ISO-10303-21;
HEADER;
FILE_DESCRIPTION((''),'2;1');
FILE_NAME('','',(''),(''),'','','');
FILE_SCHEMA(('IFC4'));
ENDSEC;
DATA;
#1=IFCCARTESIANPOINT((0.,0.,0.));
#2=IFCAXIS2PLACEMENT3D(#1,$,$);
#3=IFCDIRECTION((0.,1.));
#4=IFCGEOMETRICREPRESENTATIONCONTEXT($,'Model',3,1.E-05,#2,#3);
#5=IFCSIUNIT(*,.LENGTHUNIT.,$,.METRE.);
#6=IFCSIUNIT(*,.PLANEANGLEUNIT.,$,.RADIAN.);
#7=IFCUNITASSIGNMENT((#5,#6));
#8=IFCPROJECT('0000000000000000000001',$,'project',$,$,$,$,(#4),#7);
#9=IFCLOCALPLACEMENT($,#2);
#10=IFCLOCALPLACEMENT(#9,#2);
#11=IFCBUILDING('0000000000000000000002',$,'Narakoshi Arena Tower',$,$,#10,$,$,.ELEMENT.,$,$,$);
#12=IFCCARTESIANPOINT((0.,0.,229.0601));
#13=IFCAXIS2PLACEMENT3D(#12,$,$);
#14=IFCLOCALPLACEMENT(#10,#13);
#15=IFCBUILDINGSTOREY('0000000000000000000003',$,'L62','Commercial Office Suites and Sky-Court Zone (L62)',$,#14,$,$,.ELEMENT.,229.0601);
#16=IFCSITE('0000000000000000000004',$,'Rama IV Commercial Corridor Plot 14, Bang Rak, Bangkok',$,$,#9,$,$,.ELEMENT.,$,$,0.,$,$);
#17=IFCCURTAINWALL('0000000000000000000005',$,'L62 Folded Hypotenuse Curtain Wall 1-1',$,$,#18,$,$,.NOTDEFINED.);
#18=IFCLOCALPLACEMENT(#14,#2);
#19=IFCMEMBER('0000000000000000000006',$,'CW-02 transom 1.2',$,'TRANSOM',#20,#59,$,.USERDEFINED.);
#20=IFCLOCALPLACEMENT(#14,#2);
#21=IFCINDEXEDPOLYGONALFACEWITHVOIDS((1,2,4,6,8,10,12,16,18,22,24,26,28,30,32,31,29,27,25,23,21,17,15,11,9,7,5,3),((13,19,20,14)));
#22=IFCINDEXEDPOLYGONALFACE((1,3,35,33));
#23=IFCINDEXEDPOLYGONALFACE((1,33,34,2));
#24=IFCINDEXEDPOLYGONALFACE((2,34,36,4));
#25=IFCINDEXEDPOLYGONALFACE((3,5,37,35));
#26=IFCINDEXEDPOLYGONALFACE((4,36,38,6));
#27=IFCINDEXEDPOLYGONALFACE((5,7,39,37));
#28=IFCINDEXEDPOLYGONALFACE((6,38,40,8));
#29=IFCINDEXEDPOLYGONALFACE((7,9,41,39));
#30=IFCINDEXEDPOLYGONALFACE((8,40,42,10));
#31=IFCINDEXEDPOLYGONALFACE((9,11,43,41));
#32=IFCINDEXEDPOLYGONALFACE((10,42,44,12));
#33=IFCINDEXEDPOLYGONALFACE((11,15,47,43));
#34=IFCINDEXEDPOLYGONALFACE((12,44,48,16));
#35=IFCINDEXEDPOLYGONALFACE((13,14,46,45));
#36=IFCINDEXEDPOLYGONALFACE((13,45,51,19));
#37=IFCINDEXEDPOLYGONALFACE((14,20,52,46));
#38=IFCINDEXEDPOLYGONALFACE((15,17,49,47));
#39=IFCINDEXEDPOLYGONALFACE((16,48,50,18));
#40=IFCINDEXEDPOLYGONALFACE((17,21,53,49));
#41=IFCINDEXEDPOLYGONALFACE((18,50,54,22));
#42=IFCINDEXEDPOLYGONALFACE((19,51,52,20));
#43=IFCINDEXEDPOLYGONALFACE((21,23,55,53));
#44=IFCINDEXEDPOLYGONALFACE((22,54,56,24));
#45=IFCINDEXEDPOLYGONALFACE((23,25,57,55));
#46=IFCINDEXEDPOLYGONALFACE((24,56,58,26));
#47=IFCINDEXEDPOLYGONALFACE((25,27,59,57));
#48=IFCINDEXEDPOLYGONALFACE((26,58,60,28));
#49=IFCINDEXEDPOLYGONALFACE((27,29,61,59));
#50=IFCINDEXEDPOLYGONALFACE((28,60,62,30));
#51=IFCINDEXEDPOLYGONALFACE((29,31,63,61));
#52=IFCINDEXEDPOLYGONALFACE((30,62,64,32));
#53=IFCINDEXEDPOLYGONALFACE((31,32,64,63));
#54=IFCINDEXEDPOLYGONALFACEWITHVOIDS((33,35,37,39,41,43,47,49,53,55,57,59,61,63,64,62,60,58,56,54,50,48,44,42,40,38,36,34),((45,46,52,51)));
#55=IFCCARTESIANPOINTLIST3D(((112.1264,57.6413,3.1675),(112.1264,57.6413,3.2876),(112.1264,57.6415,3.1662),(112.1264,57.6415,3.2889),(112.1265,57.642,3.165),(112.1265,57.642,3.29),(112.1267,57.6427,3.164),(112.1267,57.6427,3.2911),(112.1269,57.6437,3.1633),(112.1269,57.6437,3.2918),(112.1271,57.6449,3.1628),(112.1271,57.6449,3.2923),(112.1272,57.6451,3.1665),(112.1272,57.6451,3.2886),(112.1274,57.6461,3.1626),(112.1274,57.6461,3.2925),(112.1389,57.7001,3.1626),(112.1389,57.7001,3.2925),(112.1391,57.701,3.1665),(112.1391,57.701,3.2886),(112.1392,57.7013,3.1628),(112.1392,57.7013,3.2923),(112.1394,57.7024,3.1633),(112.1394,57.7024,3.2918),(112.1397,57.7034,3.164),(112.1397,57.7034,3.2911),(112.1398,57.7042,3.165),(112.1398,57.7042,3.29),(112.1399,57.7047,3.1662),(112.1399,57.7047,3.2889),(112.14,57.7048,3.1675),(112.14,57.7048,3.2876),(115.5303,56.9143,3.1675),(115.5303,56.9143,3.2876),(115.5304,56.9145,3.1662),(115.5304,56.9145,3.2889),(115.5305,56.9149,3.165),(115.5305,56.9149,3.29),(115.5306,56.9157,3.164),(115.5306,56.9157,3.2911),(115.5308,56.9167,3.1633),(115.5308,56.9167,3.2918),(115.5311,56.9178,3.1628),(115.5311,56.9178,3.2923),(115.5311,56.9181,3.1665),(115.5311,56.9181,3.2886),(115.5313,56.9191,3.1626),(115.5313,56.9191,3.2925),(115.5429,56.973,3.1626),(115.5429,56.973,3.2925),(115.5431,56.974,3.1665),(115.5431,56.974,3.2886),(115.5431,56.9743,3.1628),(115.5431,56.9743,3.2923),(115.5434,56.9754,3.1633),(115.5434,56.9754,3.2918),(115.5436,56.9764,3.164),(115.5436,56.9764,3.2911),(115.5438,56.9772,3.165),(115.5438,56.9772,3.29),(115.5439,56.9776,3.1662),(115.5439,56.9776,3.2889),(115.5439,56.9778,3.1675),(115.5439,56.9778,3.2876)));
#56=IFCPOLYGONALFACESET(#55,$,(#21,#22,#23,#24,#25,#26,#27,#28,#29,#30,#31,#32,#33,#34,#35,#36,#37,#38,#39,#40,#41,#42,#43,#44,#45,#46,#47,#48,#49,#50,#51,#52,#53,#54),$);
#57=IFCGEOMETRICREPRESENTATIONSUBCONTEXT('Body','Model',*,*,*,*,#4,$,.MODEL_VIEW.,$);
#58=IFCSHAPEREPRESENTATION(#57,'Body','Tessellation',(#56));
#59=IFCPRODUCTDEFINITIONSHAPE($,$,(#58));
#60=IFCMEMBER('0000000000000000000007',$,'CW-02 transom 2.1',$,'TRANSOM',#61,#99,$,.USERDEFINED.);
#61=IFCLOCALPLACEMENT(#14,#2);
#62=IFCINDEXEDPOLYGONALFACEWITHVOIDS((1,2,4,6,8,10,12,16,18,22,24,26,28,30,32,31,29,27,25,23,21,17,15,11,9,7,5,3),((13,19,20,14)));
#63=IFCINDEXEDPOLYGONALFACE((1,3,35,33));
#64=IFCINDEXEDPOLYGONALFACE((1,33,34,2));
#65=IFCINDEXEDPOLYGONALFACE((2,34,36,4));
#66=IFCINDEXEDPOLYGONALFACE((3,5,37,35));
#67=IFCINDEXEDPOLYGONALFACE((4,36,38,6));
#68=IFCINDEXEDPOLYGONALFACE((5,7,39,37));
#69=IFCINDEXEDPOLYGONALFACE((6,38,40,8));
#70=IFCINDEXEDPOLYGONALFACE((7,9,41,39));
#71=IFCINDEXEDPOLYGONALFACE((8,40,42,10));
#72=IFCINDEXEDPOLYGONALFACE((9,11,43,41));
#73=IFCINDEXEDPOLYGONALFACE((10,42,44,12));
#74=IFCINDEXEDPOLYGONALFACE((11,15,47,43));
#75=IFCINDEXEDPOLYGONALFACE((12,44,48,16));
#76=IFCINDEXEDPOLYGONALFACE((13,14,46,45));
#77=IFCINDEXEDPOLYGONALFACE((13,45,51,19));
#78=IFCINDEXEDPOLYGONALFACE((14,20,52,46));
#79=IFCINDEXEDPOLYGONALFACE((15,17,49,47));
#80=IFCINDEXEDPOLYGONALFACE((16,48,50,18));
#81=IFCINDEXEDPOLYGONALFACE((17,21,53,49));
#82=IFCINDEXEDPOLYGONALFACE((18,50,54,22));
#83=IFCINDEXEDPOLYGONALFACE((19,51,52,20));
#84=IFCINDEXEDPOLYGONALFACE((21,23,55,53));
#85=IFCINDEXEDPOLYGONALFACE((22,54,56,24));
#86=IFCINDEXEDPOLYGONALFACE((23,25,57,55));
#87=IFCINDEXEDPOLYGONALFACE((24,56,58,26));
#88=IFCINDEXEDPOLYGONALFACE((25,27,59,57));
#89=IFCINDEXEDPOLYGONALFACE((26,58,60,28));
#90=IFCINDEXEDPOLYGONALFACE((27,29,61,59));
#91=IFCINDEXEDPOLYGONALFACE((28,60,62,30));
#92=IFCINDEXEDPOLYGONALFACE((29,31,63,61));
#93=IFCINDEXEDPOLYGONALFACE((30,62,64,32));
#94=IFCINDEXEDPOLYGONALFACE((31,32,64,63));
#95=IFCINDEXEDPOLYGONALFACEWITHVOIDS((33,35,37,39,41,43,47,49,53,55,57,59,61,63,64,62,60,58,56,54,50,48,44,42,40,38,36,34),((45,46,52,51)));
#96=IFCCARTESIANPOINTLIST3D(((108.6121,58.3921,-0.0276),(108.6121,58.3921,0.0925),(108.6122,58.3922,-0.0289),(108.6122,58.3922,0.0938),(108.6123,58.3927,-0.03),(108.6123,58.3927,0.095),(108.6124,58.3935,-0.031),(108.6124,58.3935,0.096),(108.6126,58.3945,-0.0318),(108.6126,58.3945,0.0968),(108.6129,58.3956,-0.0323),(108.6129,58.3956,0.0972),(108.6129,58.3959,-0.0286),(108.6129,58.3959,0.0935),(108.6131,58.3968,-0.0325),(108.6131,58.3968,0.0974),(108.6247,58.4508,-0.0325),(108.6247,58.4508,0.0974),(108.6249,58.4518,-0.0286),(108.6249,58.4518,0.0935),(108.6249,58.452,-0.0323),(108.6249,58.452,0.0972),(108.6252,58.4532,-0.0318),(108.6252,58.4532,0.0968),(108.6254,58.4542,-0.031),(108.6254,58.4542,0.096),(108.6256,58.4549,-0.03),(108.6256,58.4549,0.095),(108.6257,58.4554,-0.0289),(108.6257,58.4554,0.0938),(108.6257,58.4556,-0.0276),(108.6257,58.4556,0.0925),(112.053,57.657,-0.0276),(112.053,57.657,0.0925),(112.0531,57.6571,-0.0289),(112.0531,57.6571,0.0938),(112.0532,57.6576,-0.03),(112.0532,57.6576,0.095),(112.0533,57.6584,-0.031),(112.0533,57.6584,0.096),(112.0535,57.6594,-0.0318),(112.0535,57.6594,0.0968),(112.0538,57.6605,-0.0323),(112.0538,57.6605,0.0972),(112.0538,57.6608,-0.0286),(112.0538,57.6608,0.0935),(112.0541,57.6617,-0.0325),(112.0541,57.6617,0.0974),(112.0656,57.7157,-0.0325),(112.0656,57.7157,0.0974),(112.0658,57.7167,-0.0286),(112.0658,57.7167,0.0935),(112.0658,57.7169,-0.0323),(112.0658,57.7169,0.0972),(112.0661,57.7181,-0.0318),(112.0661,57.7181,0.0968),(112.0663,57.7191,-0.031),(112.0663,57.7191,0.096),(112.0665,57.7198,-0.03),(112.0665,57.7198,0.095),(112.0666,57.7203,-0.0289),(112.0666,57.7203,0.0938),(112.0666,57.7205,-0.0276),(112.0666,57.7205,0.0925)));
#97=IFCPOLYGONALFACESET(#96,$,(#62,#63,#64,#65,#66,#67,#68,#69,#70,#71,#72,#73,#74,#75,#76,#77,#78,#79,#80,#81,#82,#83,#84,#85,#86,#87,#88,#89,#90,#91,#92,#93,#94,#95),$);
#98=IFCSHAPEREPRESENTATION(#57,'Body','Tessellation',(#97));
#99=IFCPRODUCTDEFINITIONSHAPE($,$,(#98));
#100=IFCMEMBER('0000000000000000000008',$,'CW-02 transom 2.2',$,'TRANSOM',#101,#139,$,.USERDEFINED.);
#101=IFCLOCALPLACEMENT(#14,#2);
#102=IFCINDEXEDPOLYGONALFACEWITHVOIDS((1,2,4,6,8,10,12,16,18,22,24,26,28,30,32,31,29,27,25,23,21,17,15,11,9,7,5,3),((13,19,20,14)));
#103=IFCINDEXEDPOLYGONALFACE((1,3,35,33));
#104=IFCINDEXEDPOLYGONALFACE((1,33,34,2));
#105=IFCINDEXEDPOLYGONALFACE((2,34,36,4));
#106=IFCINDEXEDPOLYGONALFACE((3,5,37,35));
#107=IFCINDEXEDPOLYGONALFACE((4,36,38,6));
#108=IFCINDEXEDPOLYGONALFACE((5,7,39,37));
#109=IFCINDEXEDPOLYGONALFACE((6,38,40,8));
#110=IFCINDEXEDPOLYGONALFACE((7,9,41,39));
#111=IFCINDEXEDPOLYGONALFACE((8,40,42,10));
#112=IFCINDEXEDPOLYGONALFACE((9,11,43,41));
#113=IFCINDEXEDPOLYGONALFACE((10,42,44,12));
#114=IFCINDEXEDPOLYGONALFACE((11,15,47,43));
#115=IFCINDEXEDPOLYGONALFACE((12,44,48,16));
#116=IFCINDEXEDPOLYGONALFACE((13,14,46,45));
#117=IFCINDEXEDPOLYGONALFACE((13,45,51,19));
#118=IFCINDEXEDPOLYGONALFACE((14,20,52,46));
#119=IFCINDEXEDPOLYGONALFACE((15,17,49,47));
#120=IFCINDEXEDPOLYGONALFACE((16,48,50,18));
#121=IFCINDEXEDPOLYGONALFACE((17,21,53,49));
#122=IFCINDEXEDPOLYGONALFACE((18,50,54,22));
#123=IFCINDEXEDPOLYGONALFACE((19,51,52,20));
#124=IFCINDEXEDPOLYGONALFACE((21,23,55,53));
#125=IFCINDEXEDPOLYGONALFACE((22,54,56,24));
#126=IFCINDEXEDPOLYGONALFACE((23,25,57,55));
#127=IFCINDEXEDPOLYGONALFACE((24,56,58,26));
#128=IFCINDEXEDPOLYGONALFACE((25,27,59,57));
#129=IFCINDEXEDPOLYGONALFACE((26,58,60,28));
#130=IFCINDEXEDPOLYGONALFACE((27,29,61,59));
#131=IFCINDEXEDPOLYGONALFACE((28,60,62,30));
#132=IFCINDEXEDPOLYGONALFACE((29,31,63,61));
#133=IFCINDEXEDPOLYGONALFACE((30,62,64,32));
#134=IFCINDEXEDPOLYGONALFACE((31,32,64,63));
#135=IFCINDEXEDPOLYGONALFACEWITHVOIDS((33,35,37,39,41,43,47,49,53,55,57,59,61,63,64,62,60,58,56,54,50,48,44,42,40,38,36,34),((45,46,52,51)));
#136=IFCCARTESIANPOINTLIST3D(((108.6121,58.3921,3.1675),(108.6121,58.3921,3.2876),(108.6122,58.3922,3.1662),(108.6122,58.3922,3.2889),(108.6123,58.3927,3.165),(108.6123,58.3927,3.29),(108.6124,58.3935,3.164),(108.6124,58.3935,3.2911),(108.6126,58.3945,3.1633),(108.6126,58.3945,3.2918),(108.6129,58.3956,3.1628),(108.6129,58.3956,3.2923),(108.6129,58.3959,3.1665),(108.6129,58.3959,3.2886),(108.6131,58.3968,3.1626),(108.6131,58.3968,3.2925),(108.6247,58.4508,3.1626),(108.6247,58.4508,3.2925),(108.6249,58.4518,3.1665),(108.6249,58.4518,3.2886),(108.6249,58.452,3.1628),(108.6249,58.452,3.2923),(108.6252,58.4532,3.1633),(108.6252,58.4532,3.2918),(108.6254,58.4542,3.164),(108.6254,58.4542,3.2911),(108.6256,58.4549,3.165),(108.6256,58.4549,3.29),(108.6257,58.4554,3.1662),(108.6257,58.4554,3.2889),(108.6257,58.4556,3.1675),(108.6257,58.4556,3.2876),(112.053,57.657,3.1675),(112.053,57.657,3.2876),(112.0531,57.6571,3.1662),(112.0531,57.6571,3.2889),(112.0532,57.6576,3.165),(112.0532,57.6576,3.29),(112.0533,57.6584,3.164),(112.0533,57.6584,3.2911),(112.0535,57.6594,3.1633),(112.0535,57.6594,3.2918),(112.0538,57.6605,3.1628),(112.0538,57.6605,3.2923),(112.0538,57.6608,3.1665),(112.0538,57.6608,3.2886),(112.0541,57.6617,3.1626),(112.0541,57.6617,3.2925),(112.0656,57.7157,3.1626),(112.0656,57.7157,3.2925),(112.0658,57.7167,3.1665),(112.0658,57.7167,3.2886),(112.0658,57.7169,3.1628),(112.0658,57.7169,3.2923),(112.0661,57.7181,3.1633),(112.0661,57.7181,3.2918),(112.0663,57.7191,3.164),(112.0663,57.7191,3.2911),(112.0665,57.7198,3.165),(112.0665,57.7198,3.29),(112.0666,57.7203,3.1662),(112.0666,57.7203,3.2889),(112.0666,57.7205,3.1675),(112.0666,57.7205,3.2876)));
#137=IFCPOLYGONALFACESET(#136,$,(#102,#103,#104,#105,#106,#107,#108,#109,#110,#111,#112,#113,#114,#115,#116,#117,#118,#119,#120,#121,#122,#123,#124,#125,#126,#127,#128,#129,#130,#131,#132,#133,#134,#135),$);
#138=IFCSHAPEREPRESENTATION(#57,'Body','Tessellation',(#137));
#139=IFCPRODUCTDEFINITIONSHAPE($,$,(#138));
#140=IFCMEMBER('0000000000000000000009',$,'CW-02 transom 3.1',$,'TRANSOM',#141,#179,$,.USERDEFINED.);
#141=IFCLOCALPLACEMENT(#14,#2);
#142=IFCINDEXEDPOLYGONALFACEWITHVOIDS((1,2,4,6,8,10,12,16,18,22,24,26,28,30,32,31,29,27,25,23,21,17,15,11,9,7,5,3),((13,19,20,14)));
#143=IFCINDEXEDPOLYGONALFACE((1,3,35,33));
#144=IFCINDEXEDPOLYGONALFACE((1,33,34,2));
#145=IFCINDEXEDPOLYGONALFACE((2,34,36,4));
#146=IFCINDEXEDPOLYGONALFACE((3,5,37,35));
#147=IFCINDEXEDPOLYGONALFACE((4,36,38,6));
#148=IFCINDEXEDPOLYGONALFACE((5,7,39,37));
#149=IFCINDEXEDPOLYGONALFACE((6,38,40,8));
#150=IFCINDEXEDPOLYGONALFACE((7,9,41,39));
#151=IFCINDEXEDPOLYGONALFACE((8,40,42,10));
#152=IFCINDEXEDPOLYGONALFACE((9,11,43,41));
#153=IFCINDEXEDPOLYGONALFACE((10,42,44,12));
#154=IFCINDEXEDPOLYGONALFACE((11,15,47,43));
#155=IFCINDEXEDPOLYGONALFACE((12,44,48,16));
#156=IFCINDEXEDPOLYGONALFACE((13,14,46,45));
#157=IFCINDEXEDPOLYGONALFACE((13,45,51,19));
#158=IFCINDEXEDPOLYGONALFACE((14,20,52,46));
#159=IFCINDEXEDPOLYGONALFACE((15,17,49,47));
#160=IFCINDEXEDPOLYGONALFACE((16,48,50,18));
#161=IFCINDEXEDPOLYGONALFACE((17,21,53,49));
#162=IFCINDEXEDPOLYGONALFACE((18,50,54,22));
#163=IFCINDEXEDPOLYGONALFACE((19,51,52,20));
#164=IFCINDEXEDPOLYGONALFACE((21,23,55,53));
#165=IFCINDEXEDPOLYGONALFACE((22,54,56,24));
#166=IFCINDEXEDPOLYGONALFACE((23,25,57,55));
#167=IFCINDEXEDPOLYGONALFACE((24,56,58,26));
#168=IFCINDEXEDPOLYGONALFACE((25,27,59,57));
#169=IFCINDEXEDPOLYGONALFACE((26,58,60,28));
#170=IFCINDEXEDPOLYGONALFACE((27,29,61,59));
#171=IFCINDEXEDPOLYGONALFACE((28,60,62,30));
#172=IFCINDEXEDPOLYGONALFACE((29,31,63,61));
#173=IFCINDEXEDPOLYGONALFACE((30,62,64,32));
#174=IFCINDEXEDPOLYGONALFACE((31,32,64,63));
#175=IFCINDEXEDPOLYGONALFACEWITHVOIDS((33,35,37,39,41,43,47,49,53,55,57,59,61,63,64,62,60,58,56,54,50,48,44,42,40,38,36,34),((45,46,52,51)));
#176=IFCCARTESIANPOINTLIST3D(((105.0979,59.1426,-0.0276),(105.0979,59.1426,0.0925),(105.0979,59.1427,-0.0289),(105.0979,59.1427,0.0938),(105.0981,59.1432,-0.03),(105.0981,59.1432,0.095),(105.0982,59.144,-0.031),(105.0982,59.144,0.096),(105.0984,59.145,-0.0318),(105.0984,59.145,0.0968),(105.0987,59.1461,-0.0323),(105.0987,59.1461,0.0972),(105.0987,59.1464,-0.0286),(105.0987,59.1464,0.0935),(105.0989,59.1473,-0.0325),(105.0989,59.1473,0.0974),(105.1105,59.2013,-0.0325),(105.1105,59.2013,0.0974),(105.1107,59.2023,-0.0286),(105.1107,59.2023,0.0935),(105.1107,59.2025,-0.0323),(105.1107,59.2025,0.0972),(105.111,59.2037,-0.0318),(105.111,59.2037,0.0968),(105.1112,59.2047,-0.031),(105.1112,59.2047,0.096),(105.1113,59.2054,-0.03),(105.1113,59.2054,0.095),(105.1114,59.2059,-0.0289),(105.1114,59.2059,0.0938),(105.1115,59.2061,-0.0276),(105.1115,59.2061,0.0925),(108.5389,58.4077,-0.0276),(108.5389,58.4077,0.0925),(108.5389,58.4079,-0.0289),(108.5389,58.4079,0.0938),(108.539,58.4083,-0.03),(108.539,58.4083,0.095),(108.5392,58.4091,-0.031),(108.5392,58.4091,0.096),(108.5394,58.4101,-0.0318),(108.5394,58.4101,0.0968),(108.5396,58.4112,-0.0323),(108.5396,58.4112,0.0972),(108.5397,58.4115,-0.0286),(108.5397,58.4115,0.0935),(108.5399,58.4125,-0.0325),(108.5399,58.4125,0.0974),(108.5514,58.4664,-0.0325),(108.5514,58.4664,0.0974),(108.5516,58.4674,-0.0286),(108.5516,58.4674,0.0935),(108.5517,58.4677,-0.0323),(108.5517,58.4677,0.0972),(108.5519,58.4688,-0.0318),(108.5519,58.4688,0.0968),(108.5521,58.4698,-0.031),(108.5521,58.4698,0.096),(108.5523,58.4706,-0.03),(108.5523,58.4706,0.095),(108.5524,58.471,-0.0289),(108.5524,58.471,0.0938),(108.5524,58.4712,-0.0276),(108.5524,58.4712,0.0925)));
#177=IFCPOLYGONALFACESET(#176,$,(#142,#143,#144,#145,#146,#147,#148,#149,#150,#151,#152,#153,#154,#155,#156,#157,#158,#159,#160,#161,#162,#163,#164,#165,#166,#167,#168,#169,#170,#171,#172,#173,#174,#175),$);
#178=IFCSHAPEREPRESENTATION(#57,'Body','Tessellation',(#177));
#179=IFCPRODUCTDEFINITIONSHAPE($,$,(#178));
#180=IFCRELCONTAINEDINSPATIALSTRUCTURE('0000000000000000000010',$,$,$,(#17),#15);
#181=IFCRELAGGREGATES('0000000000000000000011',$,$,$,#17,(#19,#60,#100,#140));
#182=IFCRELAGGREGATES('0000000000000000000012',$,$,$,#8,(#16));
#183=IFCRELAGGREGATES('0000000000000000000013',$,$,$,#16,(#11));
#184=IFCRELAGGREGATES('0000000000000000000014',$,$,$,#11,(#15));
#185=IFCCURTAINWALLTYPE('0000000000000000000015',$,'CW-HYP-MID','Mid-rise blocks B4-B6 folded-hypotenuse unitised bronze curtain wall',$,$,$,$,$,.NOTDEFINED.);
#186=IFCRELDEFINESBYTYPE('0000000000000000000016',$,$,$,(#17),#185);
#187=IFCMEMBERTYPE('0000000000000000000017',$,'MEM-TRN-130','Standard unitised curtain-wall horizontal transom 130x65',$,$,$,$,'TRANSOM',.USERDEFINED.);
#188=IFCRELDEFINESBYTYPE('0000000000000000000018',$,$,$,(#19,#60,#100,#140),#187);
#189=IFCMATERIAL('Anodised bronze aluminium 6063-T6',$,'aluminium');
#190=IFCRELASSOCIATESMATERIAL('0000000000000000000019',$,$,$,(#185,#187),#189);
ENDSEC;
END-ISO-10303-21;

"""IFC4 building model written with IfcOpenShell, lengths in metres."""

from ifc_helpers import new_model, si_unit, direction, frame, origin, origin_2d, place, context, subcontext, project, spatial, hollow_rectangle, extrude, material, material_profile, profile_set, type_object, element, aggregate, save


model = new_model("IFC4")

# Units and contexts
model_context = context("Model", 3, precision=1e-05, world=origin(), true_north=direction((0.0, 1.0)))
body_context = subcontext(model_context, "Body", "Model", "MODEL_VIEW")
ifc_project = project(units=[si_unit("LENGTHUNIT", "METRE"), si_unit("PLANEANGLEUNIT", "RADIAN")], contexts=[model_context])

# Site, building, storey
site_placement = place(None, origin())
site = spatial("IfcSite", under=ifc_project, at=site_placement, Name="Rama IV Commercial Corridor Plot 14, Bang Rak, Bangkok", CompositionType="ELEMENT", RefElevation=0.0)
building_placement = place(site_placement, origin())
building = spatial("IfcBuilding", under=site, at=building_placement, Name="Narakoshi Arena Tower", CompositionType="ELEMENT")
storey_placement = place(building_placement, frame((0.0, 0.0, 229.0601)))
storey = spatial("IfcBuildingStorey", under=building, at=storey_placement, Name="L62", Description="Commercial Office Suites and Sky-Court Zone (L62)", CompositionType="ELEMENT", Elevation=229.0601)

# Curtain wall, members
ifc_material_1 = material(Name="Anodised bronze aluminium 6063-T6", Category="aluminium")
curtain_wall_type = type_object("IfcCurtainWallType", Name="CW-HYP-MID", Description="Mid-rise blocks B4-B6 folded-hypotenuse unitised bronze curtain wall", PredefinedType="NOTDEFINED", material=ifc_material_1)
curtain_wall_placement = place(storey_placement, origin())
curtain_wall = element("IfcCurtainWall", 1, at=curtain_wall_placement, inside=storey, type_object=curtain_wall_type, Name="L62 Folded Hypotenuse Curtain Wall 1-1", PredefinedType="NOTDEFINED")
ifc_material_profile_1 = material_profile(ifc_material_1, hollow_rectangle(XDim=0.0649, YDim=0.1299, WallThickness=0.0039, OuterFilletRadius=0.0049, at=origin_2d()), Name="TRN130x65x4")
ifc_profile_set_1 = profile_set([ifc_material_profile_1], Name="Anodised bronze aluminium 6063-T6")
member_type_1 = type_object("IfcMemberType", Name="MEM-TRN-130", Description="Standard unitised curtain-wall horizontal transom 130x65", ElementType="TRANSOM", PredefinedType="USERDEFINED", material=ifc_profile_set_1)
member_1_placement = place(storey_placement, frame((115.5371, 56.946, 3.2275), z_axis=(-0.977943, 0.208873, 0.0), x_axis=(-0.208873, -0.977943, 0.0)))
member_1 = element("IfcMember", 2, at=member_1_placement, type_object=member_type_1, Name="CW-02 transom 1.2", ObjectType="TRANSOM", PredefinedType="USERDEFINED", context=body_context, shape_type="SweptSolid", body=[
    extrude(hollow_rectangle(XDim=0.0649, YDim=0.1299, WallThickness=0.0039, OuterFilletRadius=0.0049, at=origin_2d()), origin(), (0.0, 0.0, 1.0), 3.4807),
])
member_2_placement = place(storey_placement, frame((112.0598, 57.6887, 0.0325), z_axis=(-0.977932, 0.208923, 0.0), x_axis=(-0.208923, -0.977932, 0.0)))
member_2 = element("IfcMember", 3, at=member_2_placement, type_object=member_type_1, Name="CW-02 transom 2.1", ObjectType="TRANSOM", PredefinedType="USERDEFINED", context=body_context, shape_type="SweptSolid", body=[
    extrude(hollow_rectangle(XDim=0.0649, YDim=0.1299, WallThickness=0.0039, OuterFilletRadius=0.0049, at=origin_2d()), origin(), (0.0, 0.0, 1.0), 3.5186),
])
member_3_placement = place(storey_placement, frame((112.0598, 57.6887, 3.2275), z_axis=(-0.977932, 0.208923, 0.0), x_axis=(-0.208923, -0.977932, 0.0)))
member_3 = element("IfcMember", 4, at=member_3_placement, type_object=member_type_1, Name="CW-02 transom 2.2", ObjectType="TRANSOM", PredefinedType="USERDEFINED", context=body_context, shape_type="SweptSolid", body=[
    extrude(hollow_rectangle(XDim=0.0649, YDim=0.1299, WallThickness=0.0039, OuterFilletRadius=0.0049, at=origin_2d()), origin(), (0.0, 0.0, 1.0), 3.5186),
])
member_4_placement = place(storey_placement, frame((108.5457, 58.4395, 0.0325), z_axis=(-0.977946, 0.208856, 0.0), x_axis=(-0.208856, -0.977946, 0.0)))
member_4 = element("IfcMember", 5, at=member_4_placement, type_object=member_type_1, Name="CW-02 transom 3.1", ObjectType="TRANSOM", PredefinedType="USERDEFINED", context=body_context, shape_type="SweptSolid", body=[
    extrude(hollow_rectangle(XDim=0.0649, YDim=0.1299, WallThickness=0.0039, OuterFilletRadius=0.0049, at=origin_2d()), origin(), (0.0, 0.0, 1.0), 3.5186),
])
aggregate(curtain_wall, [member_1, member_2, member_3, member_4])

save(model, "model.ifc")
